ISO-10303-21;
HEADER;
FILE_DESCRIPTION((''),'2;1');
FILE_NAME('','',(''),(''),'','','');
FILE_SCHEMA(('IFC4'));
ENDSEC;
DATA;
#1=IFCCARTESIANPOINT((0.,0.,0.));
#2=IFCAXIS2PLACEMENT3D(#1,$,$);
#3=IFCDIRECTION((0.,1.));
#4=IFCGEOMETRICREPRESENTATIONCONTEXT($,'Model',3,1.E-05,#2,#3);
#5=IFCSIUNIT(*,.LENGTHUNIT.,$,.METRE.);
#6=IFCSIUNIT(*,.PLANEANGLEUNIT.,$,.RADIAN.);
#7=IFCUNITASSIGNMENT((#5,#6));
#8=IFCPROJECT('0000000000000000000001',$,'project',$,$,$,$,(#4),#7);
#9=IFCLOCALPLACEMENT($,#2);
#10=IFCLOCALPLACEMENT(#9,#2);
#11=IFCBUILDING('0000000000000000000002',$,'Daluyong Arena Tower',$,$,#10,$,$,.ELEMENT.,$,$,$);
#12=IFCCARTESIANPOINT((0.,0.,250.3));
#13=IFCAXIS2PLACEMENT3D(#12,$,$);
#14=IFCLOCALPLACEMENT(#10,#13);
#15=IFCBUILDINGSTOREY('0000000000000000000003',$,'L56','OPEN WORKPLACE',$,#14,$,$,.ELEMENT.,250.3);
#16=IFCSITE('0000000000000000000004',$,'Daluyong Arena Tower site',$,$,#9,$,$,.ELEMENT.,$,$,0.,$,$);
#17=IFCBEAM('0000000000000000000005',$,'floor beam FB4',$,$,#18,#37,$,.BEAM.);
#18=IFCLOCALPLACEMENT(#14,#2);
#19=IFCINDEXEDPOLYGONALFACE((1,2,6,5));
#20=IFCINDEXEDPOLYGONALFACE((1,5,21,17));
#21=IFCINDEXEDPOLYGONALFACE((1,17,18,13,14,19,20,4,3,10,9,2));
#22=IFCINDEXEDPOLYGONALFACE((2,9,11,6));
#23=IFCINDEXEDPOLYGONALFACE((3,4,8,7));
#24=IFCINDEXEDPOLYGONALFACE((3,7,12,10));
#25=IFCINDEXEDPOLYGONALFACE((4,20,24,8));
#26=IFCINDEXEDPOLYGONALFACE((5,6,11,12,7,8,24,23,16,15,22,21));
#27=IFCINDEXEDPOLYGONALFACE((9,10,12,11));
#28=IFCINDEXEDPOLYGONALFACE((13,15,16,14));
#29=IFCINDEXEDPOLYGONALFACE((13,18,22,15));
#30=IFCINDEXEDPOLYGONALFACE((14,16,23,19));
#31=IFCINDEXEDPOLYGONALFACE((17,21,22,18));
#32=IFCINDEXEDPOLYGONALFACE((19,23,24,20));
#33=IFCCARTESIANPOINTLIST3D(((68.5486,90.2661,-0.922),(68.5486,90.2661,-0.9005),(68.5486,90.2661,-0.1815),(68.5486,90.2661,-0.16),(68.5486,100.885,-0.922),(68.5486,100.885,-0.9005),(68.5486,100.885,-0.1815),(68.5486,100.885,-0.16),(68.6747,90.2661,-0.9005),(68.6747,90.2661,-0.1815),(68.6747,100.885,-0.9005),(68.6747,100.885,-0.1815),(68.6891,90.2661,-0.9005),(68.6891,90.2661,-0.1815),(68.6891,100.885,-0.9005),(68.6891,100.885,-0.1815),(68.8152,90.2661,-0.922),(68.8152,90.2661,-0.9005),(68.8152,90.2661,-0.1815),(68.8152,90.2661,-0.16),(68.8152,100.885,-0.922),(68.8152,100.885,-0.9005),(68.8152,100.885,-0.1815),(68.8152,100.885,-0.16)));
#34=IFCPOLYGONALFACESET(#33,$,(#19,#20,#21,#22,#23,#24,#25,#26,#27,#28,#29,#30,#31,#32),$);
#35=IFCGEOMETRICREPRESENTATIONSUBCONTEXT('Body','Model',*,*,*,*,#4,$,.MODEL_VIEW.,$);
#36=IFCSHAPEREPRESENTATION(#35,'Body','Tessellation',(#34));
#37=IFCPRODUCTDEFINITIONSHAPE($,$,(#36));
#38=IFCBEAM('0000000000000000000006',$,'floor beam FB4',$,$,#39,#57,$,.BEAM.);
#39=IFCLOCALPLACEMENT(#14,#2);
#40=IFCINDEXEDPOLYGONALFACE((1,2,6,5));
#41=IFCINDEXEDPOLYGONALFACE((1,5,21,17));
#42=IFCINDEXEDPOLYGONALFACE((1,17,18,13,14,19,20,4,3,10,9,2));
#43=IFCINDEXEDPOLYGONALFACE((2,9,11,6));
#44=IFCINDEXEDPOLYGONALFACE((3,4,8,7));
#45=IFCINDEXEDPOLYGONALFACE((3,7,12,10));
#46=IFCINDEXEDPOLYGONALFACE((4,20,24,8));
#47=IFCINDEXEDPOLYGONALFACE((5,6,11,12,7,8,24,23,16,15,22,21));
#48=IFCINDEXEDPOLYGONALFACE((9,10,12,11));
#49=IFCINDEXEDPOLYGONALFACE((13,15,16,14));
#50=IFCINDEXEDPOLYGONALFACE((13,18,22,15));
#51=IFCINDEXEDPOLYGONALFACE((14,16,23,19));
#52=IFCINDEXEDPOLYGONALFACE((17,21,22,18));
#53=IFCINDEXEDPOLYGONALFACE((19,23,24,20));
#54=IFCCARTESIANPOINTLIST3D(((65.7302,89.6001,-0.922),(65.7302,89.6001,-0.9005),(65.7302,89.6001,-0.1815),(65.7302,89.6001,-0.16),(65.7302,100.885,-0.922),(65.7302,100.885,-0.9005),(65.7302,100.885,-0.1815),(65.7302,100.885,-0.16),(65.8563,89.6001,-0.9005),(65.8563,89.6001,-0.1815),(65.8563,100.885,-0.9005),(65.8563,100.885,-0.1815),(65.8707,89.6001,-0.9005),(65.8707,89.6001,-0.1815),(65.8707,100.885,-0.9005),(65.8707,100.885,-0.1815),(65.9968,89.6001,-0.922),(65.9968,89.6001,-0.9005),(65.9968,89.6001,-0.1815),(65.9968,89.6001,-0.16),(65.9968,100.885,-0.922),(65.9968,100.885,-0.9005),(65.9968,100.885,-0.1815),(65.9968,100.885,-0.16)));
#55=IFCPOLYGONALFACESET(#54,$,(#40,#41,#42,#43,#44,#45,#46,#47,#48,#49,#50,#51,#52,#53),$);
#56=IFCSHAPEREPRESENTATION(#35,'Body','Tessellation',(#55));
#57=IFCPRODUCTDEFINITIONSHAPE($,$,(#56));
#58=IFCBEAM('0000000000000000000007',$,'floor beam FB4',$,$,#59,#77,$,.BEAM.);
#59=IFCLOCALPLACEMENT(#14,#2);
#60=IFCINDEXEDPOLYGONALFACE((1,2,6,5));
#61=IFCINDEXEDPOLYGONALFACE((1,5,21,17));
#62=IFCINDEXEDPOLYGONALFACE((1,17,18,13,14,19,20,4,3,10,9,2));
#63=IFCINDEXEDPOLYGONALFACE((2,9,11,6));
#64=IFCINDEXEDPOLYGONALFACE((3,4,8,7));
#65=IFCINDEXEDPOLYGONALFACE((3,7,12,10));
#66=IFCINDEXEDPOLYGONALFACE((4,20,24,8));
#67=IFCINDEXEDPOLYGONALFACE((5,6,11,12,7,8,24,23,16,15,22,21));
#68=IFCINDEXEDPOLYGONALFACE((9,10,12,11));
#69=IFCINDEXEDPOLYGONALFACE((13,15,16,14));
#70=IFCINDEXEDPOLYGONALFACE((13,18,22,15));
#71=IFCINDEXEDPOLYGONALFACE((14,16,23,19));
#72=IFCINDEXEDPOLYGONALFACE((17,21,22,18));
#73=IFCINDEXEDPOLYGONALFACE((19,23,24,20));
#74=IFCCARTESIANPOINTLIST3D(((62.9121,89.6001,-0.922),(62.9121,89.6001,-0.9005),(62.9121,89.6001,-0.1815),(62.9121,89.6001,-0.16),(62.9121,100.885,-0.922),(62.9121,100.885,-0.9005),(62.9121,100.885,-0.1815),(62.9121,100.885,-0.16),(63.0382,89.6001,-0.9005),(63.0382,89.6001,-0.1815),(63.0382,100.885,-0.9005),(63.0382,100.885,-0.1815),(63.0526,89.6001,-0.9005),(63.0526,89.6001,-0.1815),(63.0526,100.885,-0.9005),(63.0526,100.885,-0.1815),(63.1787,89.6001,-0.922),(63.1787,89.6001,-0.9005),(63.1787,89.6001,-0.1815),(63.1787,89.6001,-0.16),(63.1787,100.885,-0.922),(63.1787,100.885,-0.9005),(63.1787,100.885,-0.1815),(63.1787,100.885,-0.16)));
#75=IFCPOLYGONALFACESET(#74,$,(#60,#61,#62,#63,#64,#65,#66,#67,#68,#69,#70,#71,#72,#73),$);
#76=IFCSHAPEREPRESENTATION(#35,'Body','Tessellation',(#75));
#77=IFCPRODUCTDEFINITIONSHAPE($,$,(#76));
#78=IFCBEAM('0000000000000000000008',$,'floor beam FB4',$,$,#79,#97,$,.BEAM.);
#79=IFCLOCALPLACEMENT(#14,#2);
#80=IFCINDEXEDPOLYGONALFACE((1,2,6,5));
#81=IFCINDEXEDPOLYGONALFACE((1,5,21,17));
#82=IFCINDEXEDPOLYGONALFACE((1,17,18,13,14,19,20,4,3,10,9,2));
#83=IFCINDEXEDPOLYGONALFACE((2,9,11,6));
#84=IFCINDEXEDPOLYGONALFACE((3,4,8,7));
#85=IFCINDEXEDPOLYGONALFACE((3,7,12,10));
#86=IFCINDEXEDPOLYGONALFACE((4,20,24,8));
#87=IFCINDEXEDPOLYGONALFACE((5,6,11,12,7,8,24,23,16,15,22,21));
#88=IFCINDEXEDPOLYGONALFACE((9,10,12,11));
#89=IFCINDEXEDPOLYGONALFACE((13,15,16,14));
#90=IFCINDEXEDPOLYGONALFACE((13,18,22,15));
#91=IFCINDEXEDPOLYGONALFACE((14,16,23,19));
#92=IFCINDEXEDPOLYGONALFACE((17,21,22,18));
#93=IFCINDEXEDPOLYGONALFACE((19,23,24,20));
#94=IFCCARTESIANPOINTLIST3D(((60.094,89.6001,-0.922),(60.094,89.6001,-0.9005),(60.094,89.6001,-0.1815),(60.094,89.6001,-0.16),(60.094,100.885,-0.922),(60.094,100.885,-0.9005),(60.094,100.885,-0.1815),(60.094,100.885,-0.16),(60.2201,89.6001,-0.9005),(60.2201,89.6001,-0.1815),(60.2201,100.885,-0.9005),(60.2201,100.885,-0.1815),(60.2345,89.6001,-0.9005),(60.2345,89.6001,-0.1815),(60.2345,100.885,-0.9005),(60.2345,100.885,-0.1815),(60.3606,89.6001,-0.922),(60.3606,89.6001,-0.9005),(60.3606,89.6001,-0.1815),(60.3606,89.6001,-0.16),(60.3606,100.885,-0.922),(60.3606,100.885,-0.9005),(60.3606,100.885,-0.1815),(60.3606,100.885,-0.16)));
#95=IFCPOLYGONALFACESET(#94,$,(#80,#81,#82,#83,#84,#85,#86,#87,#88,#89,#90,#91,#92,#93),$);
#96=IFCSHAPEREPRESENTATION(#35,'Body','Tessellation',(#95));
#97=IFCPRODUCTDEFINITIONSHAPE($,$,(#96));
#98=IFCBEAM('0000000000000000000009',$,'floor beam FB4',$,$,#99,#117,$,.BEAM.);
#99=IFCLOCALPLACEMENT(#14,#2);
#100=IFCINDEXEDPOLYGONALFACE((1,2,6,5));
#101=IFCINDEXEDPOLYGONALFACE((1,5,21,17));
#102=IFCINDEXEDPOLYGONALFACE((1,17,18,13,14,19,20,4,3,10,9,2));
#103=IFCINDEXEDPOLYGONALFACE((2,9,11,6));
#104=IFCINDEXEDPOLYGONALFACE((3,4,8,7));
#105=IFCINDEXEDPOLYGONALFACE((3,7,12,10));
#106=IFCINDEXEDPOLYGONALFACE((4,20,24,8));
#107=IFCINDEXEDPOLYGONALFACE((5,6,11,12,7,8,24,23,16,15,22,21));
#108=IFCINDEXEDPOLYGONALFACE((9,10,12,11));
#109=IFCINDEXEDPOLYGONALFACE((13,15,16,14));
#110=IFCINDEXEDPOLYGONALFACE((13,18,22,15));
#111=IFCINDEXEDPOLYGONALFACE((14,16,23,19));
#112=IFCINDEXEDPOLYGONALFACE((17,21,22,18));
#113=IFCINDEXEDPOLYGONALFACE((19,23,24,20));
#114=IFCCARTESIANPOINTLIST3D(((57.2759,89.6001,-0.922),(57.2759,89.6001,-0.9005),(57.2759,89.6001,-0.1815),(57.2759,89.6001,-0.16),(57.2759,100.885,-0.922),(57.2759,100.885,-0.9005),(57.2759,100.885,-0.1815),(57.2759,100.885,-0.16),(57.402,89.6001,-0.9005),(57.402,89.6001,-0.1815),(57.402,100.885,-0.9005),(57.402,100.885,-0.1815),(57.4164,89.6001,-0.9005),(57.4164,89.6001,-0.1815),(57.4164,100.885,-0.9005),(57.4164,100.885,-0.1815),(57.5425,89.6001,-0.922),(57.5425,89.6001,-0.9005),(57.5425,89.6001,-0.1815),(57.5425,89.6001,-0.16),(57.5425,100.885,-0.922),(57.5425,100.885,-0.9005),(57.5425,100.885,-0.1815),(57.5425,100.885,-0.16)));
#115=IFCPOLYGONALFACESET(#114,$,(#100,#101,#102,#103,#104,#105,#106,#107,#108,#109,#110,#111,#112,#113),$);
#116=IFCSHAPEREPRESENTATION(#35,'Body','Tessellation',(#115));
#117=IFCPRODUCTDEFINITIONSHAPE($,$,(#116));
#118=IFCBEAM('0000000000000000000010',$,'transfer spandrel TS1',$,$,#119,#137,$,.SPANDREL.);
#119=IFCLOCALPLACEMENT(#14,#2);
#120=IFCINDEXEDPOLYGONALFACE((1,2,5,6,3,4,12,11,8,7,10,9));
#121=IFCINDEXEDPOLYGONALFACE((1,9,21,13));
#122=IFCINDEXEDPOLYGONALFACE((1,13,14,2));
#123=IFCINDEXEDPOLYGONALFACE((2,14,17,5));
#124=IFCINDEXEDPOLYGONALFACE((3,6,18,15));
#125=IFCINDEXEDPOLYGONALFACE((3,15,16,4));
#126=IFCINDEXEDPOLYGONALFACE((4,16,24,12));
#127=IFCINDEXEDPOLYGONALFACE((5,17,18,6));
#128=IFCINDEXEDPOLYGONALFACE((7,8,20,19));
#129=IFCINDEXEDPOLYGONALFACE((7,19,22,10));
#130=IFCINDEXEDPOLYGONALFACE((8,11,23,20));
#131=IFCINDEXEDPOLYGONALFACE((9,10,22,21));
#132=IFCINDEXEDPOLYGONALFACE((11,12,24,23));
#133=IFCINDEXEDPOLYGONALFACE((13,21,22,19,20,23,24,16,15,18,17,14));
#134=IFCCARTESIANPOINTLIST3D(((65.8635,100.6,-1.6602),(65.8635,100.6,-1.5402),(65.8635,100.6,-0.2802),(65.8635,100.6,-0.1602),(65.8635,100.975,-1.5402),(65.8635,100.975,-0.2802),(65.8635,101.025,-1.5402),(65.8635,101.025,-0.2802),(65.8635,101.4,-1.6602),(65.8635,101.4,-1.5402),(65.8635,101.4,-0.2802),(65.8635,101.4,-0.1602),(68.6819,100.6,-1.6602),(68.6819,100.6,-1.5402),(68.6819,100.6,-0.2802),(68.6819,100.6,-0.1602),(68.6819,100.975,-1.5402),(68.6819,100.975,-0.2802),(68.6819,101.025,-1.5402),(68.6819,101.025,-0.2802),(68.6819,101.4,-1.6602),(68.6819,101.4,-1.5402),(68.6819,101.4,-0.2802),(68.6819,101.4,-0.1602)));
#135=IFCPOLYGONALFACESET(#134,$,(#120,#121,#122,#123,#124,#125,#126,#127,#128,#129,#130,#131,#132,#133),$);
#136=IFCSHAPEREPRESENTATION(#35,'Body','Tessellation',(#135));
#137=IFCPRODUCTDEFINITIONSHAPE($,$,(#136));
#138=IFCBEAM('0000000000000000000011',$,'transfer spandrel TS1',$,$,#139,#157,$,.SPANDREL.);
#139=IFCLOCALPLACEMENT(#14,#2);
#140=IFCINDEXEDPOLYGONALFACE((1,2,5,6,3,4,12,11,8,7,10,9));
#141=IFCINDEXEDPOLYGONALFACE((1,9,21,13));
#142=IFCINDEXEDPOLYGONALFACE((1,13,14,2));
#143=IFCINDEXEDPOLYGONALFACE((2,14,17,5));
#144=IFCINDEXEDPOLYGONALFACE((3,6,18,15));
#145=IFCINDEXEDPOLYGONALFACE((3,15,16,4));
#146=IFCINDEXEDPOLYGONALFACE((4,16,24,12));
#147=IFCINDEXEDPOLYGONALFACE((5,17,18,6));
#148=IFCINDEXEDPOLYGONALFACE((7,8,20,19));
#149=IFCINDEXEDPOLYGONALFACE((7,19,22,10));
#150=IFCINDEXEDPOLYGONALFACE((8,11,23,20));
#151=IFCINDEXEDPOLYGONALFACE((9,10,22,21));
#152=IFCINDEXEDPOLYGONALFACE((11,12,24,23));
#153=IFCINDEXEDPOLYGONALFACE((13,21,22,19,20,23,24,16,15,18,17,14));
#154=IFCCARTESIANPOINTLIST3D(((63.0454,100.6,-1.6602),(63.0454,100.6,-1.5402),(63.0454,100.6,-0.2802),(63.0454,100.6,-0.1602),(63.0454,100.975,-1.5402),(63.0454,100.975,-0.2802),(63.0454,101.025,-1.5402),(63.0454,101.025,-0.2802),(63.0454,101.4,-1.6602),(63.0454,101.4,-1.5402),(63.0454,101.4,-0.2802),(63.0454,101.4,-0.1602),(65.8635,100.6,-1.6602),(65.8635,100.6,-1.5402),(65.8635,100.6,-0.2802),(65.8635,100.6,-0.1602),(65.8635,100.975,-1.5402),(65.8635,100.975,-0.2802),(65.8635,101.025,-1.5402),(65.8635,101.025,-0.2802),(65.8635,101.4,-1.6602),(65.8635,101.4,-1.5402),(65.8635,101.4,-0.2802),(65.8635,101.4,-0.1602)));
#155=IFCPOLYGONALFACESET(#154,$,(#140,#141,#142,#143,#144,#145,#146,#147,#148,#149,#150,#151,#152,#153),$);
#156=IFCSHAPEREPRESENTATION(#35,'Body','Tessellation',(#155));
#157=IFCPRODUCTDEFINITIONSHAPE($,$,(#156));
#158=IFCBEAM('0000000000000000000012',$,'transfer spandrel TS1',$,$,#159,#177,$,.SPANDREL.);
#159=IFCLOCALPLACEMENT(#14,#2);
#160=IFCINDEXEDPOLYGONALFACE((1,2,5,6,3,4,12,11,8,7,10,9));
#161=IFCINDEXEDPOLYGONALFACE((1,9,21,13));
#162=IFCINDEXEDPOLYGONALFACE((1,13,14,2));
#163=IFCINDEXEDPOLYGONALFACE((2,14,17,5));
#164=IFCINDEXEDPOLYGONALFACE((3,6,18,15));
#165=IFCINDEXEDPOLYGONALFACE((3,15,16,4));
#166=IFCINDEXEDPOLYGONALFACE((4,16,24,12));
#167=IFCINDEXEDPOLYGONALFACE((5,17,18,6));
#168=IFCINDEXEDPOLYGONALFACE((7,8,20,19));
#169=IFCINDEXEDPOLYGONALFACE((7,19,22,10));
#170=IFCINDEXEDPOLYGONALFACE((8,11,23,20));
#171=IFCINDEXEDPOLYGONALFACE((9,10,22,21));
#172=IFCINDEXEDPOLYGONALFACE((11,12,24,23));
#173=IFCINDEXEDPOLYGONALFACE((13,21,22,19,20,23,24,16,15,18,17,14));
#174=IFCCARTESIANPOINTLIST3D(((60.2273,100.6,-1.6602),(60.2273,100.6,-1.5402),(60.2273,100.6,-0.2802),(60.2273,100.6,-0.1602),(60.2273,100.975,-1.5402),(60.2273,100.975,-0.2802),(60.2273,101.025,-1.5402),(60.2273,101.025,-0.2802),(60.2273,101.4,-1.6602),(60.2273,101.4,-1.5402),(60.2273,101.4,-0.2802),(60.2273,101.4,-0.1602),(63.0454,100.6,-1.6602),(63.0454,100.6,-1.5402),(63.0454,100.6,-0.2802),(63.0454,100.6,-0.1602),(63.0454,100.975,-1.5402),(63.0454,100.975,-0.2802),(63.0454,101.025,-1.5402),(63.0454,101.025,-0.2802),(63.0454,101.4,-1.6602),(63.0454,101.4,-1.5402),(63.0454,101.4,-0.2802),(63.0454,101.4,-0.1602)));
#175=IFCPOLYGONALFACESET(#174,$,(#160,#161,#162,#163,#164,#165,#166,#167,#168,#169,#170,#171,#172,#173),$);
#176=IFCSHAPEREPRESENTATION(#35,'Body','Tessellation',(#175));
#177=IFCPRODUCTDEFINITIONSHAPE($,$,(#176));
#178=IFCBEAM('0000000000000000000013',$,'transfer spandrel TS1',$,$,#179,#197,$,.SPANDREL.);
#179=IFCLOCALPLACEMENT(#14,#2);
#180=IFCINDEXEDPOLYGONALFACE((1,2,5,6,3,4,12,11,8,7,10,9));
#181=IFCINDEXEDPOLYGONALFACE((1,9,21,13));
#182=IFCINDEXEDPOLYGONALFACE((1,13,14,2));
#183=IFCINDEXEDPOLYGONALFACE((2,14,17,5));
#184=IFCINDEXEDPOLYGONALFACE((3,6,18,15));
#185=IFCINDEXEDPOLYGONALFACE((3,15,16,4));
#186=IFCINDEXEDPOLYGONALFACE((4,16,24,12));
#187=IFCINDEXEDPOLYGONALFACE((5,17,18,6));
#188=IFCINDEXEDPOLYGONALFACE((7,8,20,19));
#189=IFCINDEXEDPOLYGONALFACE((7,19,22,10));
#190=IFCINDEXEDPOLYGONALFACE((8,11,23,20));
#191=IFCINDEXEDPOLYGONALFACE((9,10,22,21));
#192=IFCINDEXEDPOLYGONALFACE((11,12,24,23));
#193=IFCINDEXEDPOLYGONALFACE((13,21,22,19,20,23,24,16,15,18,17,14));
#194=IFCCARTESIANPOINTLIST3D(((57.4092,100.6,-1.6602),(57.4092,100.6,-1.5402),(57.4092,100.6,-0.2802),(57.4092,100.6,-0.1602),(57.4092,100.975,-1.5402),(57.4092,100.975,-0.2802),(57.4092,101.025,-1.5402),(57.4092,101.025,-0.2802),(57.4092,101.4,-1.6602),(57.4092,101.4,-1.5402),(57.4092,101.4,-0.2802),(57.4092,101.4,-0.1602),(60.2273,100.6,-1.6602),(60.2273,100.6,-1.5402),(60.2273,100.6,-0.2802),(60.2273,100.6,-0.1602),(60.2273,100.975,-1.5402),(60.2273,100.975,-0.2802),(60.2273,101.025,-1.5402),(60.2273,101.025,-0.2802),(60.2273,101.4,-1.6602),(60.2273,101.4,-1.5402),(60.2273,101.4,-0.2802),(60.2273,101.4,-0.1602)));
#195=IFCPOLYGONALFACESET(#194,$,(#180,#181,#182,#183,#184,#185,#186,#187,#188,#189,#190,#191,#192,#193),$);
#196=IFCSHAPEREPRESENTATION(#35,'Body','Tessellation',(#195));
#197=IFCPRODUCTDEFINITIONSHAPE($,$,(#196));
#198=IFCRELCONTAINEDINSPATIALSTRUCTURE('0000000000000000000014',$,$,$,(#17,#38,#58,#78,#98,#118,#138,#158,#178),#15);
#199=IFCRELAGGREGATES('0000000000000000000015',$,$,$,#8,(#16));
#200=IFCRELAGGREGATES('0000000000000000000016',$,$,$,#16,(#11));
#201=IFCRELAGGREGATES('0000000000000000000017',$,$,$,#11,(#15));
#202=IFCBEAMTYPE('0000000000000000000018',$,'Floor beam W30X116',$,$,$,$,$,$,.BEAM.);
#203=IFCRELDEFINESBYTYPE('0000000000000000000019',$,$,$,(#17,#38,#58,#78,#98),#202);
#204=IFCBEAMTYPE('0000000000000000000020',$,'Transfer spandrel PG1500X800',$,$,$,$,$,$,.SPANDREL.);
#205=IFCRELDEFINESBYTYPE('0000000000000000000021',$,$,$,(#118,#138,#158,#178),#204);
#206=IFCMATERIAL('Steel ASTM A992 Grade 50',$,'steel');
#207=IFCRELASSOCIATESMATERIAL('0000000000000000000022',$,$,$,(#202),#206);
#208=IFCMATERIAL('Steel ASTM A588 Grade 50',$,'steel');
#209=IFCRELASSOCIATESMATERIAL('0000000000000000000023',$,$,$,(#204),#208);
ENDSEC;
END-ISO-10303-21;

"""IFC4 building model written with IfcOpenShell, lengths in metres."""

from ifc_helpers import new_model, si_unit, direction, frame, origin, origin_2d, place, context, subcontext, project, spatial, i_section, extrude, material, material_profile, profile_set, type_object, element, save


model = new_model("IFC4")

# Units and contexts
model_context = context("Model", 3, precision=1e-05, world=origin(), true_north=direction((0.0, 1.0)))
body_context = subcontext(model_context, "Body", "Model", "MODEL_VIEW")
ifc_project = project(units=[si_unit("LENGTHUNIT", "METRE"), si_unit("PLANEANGLEUNIT", "RADIAN")], contexts=[model_context])

# Site, building, storey
site_placement = place(None, origin())
site = spatial("IfcSite", under=ifc_project, at=site_placement, Name="Daluyong Arena Tower site", CompositionType="ELEMENT", RefElevation=0.0)
building_placement = place(site_placement, origin())
building = spatial("IfcBuilding", under=site, at=building_placement, Name="Daluyong Arena Tower", CompositionType="ELEMENT")
storey_placement = place(building_placement, frame((0.0, 0.0, 250.3)))
storey = spatial("IfcBuildingStorey", under=building, at=storey_placement, Name="L56", Description="OPEN WORKPLACE", CompositionType="ELEMENT", Elevation=250.3)

# Beams
ifc_material_1 = material(Name="Steel ASTM A992 Grade 50", Category="steel")
ifc_material_profile_1 = material_profile(ifc_material_1, i_section(OverallWidth=0.2666, OverallDepth=0.762, WebThickness=0.0144, FlangeThickness=0.0215, at=origin_2d()))
ifc_profile_set_1 = profile_set([ifc_material_profile_1], Name="Steel ASTM A992 Grade 50")
beam_type_1 = type_object("IfcBeamType", Name="Floor beam W30X116", PredefinedType="BEAM", material=ifc_profile_set_1)
beam_1_placement = place(storey_placement, frame((68.6819, 100.885, -0.541), z_axis=(0.0, -1.0, 0.0), x_axis=(1.0, 0.0, 0.0)))
element("IfcBeam", 1, at=beam_1_placement, inside=storey, type_object=beam_type_1, Name="floor beam FB4", PredefinedType="BEAM", context=body_context, shape_type="SweptSolid", body=[
    extrude(i_section(OverallWidth=0.2666, OverallDepth=0.762, WebThickness=0.0144, FlangeThickness=0.0215, at=origin_2d()), origin(), (0.0, 0.0, 1.0), 10.6189),
])
for number, where, z_axis, x_axis, name in (
    (2, (65.8635, 100.885, -0.541), (0.0, -1.0, 0.0), (1.0, 0.0, 0.0), "floor beam FB4"),
    (3, (63.0454, 100.885, -0.541), (0.0, -1.0, 0.0), (1.0, 0.0, 0.0), "floor beam FB4"),
    (4, (60.2273, 100.885, -0.541), (0.0, -1.0, 0.0), (1.0, 0.0, 0.0), "floor beam FB4"),
    (5, (57.4092, 100.885, -0.541), (0.0, -1.0, 0.0), (1.0, 0.0, 0.0), "floor beam FB4"),
):
    element("IfcBeam", number, at=place(storey_placement, frame(where, z_axis=z_axis, x_axis=x_axis)), inside=storey, type_object=beam_type_1, Name=name, PredefinedType="BEAM", context=body_context, shape_type="SweptSolid", body=[
        extrude(i_section(OverallWidth=0.2666, OverallDepth=0.762, WebThickness=0.0144, FlangeThickness=0.0215, at=origin_2d()), origin(), (0.0, 0.0, 1.0), 11.2849),
    ])
ifc_material_2 = material(Name="Steel ASTM A588 Grade 50", Category="steel")
ifc_material_profile_2 = material_profile(ifc_material_2, i_section(OverallWidth=0.8, OverallDepth=1.5, WebThickness=0.05, FlangeThickness=0.12, at=origin_2d()))
ifc_profile_set_2 = profile_set([ifc_material_profile_2], Name="Steel ASTM A588 Grade 50")
beam_type_2 = type_object("IfcBeamType", Name="Transfer spandrel PG1500X800", PredefinedType="SPANDREL", material=ifc_profile_set_2)
beam_2_placement = place(storey_placement, frame((68.6819, 101.0, -0.9102), z_axis=(-1.0, 0.0, 0.0), x_axis=(0.0, -1.0, 0.0)))
element("IfcBeam", 6, at=beam_2_placement, inside=storey, type_object=beam_type_2, Name="transfer spandrel TS1", PredefinedType="SPANDREL", context=body_context, shape_type="SweptSolid", body=[
    extrude(i_section(OverallWidth=0.8, OverallDepth=1.5, WebThickness=0.05, FlangeThickness=0.12, at=origin_2d()), origin(), (0.0, 0.0, 1.0), 2.8184),
])
for number, where, z_axis, x_axis, name in (
    (7, (65.8635, 101.0, -0.9102), (-1.0, 0.0, 0.0), (0.0, -1.0, 0.0), "transfer spandrel TS1"),
    (8, (63.0454, 101.0, -0.9102), (-1.0, 0.0, 0.0), (0.0, -1.0, 0.0), "transfer spandrel TS1"),
    (9, (60.2273, 101.0, -0.9102), (-1.0, 0.0, 0.0), (0.0, -1.0, 0.0), "transfer spandrel TS1"),
):
    element("IfcBeam", number, at=place(storey_placement, frame(where, z_axis=z_axis, x_axis=x_axis)), inside=storey, type_object=beam_type_2, Name=name, PredefinedType="SPANDREL", context=body_context, shape_type="SweptSolid", body=[
        extrude(i_section(OverallWidth=0.8, OverallDepth=1.5, WebThickness=0.05, FlangeThickness=0.12, at=origin_2d()), origin(), (0.0, 0.0, 1.0), 2.8181),
    ])

save(model, "model.ifc")
